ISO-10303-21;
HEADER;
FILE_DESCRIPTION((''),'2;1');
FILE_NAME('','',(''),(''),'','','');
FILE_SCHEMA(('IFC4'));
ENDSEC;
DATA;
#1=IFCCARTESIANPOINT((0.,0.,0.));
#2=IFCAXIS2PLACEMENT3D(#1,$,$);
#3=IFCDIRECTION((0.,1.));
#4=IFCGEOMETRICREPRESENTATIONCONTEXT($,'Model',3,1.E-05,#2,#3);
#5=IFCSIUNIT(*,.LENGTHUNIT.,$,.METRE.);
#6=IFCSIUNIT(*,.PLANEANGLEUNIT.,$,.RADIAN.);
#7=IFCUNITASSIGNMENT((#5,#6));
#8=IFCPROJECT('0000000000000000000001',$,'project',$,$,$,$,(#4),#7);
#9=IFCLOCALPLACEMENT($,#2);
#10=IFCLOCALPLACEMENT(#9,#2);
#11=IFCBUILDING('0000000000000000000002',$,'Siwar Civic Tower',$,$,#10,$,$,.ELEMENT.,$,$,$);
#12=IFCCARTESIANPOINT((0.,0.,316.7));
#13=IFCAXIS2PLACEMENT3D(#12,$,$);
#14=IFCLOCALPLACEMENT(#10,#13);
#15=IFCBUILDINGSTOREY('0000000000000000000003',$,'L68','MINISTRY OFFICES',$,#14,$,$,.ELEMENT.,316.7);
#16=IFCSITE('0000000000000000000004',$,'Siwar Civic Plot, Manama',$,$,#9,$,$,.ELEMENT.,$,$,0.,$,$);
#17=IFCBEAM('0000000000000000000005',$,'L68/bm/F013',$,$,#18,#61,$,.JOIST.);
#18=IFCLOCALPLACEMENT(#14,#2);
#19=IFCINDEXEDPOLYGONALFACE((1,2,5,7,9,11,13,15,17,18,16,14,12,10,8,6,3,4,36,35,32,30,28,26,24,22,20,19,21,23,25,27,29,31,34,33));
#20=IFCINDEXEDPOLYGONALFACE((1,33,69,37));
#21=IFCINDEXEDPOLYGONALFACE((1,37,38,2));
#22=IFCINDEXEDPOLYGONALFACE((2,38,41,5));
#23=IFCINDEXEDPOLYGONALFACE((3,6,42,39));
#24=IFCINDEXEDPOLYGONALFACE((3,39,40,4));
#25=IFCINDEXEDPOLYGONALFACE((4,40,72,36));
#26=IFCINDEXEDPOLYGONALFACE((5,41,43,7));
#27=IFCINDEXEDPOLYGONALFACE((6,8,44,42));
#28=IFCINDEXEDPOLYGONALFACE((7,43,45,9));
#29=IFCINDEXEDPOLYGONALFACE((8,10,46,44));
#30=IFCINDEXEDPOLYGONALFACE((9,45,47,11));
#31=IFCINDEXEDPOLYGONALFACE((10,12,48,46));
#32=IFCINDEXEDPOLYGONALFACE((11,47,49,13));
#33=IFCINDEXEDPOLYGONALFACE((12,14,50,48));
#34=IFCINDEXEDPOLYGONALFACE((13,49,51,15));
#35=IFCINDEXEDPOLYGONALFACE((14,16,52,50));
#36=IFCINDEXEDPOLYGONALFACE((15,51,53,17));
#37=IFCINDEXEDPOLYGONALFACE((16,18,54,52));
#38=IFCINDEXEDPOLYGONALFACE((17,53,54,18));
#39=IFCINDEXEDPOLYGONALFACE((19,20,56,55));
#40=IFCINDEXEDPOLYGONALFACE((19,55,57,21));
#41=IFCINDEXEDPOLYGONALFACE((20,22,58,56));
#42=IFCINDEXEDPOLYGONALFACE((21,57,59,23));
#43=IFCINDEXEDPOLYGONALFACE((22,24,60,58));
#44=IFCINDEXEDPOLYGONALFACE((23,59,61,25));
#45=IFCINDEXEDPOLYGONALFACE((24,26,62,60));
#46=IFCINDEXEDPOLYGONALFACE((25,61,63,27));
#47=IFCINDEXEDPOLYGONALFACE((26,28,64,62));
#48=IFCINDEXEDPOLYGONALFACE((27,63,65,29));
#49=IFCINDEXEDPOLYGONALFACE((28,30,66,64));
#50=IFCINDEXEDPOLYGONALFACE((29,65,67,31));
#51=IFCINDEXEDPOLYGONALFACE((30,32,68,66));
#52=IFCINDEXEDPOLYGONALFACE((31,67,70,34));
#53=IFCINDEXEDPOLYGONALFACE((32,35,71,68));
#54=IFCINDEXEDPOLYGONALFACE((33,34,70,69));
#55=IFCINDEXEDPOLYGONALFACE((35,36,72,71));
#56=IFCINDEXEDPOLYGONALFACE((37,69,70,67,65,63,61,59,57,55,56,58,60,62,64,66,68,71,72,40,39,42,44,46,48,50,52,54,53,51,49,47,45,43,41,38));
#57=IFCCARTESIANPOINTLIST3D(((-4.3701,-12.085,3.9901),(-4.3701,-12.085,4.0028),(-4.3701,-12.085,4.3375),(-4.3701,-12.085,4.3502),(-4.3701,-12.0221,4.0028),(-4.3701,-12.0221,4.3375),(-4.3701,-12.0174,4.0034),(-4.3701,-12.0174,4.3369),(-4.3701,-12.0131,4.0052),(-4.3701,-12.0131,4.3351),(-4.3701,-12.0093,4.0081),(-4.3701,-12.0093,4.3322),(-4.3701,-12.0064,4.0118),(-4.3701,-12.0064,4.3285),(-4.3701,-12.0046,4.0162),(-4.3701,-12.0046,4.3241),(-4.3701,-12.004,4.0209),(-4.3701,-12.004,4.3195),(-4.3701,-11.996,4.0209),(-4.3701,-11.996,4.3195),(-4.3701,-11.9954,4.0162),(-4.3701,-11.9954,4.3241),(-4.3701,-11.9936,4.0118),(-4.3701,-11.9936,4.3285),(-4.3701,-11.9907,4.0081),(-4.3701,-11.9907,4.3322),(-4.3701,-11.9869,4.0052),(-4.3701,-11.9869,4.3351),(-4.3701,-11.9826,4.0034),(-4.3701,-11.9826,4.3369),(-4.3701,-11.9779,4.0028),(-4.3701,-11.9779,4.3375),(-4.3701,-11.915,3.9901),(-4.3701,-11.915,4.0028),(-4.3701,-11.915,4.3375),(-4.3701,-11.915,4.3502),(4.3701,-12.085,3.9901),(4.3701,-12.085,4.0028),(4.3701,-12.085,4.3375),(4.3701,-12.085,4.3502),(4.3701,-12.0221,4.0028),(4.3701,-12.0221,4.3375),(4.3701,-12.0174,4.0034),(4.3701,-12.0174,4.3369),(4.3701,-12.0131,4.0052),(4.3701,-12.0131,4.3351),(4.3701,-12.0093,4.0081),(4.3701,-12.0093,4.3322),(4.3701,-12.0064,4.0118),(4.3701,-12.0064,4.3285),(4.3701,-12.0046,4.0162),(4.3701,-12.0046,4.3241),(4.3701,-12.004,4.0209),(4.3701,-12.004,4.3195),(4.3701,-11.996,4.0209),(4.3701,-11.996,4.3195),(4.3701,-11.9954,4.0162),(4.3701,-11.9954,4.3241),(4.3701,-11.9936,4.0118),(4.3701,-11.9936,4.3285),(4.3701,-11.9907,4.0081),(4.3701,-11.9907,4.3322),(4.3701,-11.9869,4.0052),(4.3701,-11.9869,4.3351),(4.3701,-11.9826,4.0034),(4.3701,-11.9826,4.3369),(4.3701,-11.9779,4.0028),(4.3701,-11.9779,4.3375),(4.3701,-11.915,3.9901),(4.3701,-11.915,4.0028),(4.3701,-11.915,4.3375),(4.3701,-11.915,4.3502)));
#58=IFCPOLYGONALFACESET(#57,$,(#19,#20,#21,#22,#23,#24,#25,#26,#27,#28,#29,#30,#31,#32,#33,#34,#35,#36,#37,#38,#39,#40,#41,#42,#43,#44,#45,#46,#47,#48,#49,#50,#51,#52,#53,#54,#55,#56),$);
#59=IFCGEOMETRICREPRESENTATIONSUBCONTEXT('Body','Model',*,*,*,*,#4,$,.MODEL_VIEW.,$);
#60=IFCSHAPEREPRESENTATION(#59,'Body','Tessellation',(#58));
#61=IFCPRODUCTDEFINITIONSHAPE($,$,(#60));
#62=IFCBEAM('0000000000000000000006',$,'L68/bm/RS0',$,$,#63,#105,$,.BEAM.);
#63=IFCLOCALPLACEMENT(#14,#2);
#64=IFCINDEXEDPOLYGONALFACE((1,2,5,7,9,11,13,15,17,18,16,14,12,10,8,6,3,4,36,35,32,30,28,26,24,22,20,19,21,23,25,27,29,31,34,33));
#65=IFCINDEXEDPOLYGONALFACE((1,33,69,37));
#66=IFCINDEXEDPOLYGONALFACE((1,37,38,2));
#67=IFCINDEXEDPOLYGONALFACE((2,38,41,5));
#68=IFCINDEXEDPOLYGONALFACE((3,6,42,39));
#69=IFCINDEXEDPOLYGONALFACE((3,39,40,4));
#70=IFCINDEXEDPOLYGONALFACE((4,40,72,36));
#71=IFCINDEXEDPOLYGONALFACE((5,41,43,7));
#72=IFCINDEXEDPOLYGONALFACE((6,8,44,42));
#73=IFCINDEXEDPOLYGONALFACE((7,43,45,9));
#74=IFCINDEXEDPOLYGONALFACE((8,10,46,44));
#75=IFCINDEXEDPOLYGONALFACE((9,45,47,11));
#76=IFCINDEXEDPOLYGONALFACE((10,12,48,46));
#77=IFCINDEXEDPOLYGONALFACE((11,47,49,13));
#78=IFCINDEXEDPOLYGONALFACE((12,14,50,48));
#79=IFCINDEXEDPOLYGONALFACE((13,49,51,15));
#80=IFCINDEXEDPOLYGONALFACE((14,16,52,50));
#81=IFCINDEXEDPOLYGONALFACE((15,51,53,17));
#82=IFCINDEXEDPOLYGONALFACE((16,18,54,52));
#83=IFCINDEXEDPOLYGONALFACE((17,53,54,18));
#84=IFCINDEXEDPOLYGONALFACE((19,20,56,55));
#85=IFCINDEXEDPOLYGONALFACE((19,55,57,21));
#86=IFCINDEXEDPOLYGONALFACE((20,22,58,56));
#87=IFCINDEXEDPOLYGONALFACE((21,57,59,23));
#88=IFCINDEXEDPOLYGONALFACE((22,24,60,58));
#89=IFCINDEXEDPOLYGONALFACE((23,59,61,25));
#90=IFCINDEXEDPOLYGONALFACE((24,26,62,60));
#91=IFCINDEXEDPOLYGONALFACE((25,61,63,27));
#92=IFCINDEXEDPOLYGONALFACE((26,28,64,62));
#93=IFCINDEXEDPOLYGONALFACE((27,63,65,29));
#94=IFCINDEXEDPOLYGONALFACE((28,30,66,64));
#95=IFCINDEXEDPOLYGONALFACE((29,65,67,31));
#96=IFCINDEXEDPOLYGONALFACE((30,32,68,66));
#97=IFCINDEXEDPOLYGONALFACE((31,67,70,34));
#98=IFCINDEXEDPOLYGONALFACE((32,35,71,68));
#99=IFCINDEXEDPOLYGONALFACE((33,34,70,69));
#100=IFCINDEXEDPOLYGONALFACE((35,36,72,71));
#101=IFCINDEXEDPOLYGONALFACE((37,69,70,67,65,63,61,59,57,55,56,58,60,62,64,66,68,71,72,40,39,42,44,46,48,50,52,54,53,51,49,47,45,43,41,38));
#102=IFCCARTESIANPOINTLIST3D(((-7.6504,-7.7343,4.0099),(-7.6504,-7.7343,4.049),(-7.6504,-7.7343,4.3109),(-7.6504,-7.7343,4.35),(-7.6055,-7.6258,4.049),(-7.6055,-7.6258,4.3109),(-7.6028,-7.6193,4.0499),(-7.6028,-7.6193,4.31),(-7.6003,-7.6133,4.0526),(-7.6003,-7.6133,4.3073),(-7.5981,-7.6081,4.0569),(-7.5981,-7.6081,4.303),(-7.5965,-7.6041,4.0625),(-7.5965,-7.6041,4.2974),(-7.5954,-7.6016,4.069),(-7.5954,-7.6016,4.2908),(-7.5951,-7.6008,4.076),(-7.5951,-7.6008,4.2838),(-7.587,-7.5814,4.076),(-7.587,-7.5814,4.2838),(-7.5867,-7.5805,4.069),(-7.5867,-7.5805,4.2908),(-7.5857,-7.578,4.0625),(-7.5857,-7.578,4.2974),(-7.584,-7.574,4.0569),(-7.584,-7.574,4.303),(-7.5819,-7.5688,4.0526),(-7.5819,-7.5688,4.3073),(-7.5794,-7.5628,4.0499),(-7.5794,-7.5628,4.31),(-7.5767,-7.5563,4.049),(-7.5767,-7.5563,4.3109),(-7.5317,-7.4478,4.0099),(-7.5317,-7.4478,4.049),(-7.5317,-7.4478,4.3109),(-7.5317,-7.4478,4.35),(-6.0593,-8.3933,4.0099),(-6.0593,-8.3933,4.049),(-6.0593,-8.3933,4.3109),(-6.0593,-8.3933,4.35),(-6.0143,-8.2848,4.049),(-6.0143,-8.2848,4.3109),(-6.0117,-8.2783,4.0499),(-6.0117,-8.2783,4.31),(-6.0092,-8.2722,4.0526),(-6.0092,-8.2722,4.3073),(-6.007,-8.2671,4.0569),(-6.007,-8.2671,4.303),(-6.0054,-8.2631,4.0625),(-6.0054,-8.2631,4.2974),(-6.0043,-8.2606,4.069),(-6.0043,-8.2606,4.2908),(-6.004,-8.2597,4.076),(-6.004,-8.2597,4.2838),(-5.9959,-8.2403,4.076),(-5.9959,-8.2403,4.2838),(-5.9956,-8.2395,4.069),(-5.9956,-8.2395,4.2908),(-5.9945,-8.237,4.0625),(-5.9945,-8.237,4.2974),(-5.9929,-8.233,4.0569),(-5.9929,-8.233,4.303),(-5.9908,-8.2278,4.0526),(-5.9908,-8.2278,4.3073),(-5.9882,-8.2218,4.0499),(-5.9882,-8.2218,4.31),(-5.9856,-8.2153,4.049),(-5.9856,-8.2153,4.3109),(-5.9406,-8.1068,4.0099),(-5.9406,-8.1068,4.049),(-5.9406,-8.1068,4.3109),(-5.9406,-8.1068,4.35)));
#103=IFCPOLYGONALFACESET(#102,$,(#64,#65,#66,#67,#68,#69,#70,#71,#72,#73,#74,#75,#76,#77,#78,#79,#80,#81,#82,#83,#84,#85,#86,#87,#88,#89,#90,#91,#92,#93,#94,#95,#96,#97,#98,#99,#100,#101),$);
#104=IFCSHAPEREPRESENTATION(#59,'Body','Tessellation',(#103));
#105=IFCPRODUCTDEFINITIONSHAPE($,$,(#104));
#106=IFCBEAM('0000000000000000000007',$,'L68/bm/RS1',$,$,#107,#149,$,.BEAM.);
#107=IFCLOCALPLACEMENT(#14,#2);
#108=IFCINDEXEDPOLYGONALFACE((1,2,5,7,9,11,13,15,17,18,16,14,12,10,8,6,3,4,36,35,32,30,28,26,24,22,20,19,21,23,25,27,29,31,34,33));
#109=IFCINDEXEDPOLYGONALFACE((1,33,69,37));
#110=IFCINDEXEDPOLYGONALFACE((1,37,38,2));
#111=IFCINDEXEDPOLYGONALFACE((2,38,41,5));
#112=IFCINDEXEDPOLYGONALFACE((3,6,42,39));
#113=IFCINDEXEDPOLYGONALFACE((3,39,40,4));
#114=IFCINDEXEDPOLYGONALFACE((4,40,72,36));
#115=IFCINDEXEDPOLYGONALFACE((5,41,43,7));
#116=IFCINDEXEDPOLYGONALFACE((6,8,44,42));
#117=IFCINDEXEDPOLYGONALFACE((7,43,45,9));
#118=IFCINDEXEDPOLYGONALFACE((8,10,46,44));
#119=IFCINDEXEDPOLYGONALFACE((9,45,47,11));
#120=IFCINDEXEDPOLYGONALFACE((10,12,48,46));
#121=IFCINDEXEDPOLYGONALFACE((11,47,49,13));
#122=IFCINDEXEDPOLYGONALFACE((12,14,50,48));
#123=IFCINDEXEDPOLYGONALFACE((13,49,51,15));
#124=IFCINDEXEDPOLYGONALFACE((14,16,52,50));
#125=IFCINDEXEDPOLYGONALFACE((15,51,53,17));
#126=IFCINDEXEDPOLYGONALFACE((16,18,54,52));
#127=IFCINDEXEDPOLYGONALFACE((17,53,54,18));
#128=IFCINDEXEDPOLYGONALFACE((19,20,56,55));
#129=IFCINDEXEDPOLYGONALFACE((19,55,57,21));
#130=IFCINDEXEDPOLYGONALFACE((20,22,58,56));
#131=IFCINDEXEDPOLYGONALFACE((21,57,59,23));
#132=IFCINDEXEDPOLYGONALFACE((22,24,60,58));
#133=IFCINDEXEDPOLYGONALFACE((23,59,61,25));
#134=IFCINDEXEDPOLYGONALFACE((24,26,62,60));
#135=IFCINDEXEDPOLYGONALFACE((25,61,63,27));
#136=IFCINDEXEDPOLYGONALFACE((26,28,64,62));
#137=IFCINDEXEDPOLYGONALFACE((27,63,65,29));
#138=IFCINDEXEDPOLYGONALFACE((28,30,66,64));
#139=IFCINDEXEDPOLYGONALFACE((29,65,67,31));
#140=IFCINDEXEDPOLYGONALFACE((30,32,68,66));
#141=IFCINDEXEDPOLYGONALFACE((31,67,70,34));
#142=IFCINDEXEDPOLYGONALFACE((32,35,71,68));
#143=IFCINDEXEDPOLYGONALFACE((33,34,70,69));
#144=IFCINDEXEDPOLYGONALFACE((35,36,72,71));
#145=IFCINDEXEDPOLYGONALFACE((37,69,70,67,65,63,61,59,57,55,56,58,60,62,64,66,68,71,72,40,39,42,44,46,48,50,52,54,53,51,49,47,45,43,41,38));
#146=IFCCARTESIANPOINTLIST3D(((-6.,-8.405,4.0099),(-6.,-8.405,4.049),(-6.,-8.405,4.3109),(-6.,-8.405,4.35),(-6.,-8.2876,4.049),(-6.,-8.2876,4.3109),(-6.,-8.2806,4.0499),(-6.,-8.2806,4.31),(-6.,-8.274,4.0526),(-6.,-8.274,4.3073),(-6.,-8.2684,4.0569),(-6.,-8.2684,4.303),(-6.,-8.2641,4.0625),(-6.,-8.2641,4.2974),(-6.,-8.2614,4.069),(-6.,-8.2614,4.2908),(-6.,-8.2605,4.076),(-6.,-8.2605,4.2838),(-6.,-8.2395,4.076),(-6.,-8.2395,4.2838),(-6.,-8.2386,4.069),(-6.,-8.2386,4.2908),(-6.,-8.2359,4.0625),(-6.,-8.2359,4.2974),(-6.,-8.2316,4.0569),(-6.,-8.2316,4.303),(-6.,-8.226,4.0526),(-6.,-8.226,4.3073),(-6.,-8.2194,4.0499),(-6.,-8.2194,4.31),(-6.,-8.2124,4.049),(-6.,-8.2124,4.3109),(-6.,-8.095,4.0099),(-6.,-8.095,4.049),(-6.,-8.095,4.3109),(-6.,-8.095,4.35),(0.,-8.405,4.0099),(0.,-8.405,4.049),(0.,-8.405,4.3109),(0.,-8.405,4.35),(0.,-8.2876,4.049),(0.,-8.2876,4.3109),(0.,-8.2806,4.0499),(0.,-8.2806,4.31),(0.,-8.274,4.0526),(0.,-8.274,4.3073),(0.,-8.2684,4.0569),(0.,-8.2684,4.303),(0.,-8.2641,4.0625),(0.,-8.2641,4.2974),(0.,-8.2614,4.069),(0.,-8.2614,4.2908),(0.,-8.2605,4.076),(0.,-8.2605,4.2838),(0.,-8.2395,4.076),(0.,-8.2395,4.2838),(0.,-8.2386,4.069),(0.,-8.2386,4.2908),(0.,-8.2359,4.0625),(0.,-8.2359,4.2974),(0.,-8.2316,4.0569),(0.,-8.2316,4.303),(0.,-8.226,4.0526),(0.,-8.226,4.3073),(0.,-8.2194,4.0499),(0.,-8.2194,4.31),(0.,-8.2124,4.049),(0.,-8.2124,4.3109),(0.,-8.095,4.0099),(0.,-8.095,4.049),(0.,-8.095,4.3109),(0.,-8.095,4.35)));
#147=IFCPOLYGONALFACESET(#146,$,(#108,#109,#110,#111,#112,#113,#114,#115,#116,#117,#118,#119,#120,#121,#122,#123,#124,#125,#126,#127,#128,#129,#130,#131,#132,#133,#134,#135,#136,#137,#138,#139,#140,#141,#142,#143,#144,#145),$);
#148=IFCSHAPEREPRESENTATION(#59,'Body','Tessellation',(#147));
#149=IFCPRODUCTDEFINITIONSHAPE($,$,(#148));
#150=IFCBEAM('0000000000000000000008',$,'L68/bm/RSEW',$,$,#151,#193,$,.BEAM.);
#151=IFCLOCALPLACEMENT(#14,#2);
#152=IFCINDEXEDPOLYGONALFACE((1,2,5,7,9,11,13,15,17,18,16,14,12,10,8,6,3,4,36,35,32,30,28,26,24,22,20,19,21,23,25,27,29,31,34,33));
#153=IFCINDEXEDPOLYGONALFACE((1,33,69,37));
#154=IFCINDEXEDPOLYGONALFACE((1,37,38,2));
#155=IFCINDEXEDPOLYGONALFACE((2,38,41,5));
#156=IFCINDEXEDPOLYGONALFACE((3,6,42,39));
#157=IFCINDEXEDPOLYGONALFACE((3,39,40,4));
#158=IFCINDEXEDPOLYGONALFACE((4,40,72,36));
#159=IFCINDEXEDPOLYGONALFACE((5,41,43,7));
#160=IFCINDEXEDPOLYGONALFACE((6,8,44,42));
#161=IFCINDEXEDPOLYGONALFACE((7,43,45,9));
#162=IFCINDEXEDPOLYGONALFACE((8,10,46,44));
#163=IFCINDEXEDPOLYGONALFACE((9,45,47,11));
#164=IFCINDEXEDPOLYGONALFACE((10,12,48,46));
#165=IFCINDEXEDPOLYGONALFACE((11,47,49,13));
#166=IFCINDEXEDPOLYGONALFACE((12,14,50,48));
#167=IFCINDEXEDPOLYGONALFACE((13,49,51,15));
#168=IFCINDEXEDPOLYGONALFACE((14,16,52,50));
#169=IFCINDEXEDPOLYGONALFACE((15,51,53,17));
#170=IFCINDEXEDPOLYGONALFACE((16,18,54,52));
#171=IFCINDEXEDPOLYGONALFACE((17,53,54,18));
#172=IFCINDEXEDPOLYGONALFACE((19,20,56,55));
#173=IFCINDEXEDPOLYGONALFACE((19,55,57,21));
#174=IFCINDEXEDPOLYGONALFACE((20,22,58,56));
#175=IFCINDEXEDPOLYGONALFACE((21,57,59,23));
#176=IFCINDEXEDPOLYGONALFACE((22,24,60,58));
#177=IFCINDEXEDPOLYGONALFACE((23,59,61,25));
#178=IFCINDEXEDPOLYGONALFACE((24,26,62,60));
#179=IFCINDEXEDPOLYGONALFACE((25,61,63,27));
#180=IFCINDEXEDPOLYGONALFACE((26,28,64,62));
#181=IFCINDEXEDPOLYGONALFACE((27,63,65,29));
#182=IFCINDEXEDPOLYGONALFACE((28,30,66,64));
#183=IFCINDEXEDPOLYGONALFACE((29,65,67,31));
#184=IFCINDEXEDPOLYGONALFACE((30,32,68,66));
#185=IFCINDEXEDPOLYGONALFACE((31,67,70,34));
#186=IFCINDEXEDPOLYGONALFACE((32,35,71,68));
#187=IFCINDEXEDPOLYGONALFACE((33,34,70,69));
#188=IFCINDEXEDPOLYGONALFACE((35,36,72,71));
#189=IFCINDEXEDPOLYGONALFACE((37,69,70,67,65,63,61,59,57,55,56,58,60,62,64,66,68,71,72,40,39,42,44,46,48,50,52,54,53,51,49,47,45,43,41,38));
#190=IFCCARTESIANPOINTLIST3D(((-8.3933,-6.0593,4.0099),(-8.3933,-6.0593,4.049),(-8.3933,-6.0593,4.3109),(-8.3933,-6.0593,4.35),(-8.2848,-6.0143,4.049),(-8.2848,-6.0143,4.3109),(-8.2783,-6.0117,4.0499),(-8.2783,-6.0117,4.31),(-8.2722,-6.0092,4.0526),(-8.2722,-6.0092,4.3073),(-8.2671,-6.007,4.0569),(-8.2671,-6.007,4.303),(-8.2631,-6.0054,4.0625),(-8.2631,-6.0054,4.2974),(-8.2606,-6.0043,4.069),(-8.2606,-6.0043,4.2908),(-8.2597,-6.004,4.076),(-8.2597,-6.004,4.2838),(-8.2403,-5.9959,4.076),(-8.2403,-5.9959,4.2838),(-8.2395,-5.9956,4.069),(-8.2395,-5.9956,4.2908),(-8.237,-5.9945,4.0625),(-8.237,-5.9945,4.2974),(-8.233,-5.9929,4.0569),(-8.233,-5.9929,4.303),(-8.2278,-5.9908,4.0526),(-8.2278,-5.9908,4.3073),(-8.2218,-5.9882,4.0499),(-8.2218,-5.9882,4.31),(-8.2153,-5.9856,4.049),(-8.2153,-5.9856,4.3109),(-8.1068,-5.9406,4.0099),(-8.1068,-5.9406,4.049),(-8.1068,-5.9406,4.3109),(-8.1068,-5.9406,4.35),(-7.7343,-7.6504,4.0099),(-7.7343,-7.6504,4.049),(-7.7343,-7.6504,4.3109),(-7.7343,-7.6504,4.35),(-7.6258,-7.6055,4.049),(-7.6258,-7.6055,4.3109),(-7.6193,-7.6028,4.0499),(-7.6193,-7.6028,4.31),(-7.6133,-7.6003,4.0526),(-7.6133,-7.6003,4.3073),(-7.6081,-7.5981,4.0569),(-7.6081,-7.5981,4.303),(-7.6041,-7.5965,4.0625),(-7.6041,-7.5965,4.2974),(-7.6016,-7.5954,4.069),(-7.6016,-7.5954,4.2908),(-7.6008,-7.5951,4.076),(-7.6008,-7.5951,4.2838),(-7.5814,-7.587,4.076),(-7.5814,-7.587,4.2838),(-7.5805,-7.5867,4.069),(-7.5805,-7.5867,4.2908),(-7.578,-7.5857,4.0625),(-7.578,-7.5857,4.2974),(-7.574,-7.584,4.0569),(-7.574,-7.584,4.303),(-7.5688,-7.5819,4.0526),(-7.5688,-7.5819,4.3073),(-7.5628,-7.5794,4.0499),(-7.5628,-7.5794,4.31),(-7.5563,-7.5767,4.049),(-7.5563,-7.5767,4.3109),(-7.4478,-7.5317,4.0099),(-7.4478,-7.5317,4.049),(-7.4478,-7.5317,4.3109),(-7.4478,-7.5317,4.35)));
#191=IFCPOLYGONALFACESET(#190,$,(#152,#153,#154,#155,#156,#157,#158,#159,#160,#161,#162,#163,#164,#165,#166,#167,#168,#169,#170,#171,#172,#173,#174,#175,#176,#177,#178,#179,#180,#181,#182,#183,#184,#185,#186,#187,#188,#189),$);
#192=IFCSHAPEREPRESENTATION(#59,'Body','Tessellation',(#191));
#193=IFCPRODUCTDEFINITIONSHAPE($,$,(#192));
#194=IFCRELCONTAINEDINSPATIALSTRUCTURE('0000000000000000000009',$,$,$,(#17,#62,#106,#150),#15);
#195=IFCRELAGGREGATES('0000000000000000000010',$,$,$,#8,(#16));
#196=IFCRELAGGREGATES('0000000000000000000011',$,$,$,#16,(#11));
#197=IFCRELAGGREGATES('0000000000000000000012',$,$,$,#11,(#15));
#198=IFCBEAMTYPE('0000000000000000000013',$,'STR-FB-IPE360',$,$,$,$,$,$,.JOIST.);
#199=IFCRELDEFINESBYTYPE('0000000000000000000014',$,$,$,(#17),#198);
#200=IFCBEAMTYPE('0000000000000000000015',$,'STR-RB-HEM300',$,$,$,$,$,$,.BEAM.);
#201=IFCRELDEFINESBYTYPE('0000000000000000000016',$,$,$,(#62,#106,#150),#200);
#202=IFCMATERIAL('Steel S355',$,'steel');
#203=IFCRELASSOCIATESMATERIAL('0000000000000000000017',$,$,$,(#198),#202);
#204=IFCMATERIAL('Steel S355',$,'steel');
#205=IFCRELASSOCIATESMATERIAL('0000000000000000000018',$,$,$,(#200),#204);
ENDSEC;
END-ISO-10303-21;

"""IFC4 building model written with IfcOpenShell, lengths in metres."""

from ifc_helpers import new_model, si_unit, direction, frame, origin, origin_2d, place, context, subcontext, project, spatial, i_section, extrude, material, material_profile, profile_set, type_object, element, save


model = new_model("IFC4")

# Units and contexts
model_context = context("Model", 3, precision=1e-05, world=origin(), true_north=direction((0.0, 1.0)))
body_context = subcontext(model_context, "Body", "Model", "MODEL_VIEW")
ifc_project = project(units=[si_unit("LENGTHUNIT", "METRE"), si_unit("PLANEANGLEUNIT", "RADIAN")], contexts=[model_context])

# Site, building, storey
site_placement = place(None, origin())
site = spatial("IfcSite", under=ifc_project, at=site_placement, Name="Siwar Civic Plot, Manama", CompositionType="ELEMENT", RefElevation=0.0)
building_placement = place(site_placement, origin())
building = spatial("IfcBuilding", under=site, at=building_placement, Name="Siwar Civic Tower", CompositionType="ELEMENT")
storey_placement = place(building_placement, frame((0.0, 0.0, 316.7)))
storey = spatial("IfcBuildingStorey", under=building, at=storey_placement, Name="L68", Description="MINISTRY OFFICES", CompositionType="ELEMENT", Elevation=316.7)

# Beams
ifc_material_1 = material(Name="Steel S355", Category="steel")
ifc_material_profile_1 = material_profile(ifc_material_1, i_section(OverallWidth=0.1699, OverallDepth=0.3601, WebThickness=0.0081, FlangeThickness=0.0127, FilletRadius=0.0181, at=origin_2d()), Name="IPE360")
ifc_profile_set_1 = profile_set([ifc_material_profile_1], Name="Steel S355")
beam_type_1 = type_object("IfcBeamType", Name="STR-FB-IPE360", PredefinedType="JOIST", material=ifc_profile_set_1)
beam_1_placement = place(storey_placement, frame((-4.3701, -12.0, 4.1702), z_axis=(1.0, 0.0, 0.0), x_axis=(0.0, 1.0, 0.0)))
element("IfcBeam", 1, at=beam_1_placement, inside=storey, type_object=beam_type_1, Name="L68/bm/F013", PredefinedType="JOIST", context=body_context, shape_type="SweptSolid", body=[
    extrude(i_section(OverallWidth=0.1699, OverallDepth=0.3601, WebThickness=0.0081, FlangeThickness=0.0127, FilletRadius=0.0181, at=origin_2d()), origin(), (0.0, 0.0, 1.0), 8.7402),
])
ifc_material_2 = material(Name="Steel S355", Category="steel")
ifc_material_profile_2 = material_profile(ifc_material_2, i_section(OverallWidth=0.3101, OverallDepth=0.3401, WebThickness=0.021, FlangeThickness=0.0391, FilletRadius=0.0271, at=origin_2d()), Name="HEM300")
ifc_profile_set_2 = profile_set([ifc_material_profile_2], Name="Steel S355")
beam_type_2 = type_object("IfcBeamType", Name="STR-RB-HEM300", PredefinedType="BEAM", material=ifc_profile_set_2)
beam_2_placement = place(storey_placement, frame((-7.5911, -7.5911, 4.1799), z_axis=(0.923901, -0.382631, 0.0), x_axis=(0.382631, 0.923901, 0.0)))
element("IfcBeam", 2, at=beam_2_placement, inside=storey, type_object=beam_type_2, Name="L68/bm/RS0", PredefinedType="BEAM", context=body_context, shape_type="SweptSolid", body=[
    extrude(i_section(OverallWidth=0.3101, OverallDepth=0.3401, WebThickness=0.021, FlangeThickness=0.0391, FilletRadius=0.0271, at=origin_2d()), origin(), (0.0, 0.0, 1.0), 1.7222),
])
beam_3_placement = place(storey_placement, frame((-6.0, -8.25, 4.1799), z_axis=(1.0, 0.0, 0.0), x_axis=(0.0, 1.0, 0.0)))
element("IfcBeam", 3, at=beam_3_placement, inside=storey, type_object=beam_type_2, Name="L68/bm/RS1", PredefinedType="BEAM", context=body_context, shape_type="SweptSolid", body=[
    extrude(i_section(OverallWidth=0.3101, OverallDepth=0.3401, WebThickness=0.021, FlangeThickness=0.0391, FilletRadius=0.0271, at=origin_2d()), origin(), (0.0, 0.0, 1.0), 6.0),
])
beam_4_placement = place(storey_placement, frame((-7.5911, -7.5911, 4.1799), z_axis=(-0.382631, 0.923901, 0.0), x_axis=(-0.923901, -0.382631, 0.0)))
element("IfcBeam", 4, at=beam_4_placement, inside=storey, type_object=beam_type_2, Name="L68/bm/RSEW", PredefinedType="BEAM", context=body_context, shape_type="SweptSolid", body=[
    extrude(i_section(OverallWidth=0.3101, OverallDepth=0.3401, WebThickness=0.021, FlangeThickness=0.0391, FilletRadius=0.0271, at=origin_2d()), origin(), (0.0, 0.0, 1.0), 1.7222),
])

save(model, "model.ifc")
